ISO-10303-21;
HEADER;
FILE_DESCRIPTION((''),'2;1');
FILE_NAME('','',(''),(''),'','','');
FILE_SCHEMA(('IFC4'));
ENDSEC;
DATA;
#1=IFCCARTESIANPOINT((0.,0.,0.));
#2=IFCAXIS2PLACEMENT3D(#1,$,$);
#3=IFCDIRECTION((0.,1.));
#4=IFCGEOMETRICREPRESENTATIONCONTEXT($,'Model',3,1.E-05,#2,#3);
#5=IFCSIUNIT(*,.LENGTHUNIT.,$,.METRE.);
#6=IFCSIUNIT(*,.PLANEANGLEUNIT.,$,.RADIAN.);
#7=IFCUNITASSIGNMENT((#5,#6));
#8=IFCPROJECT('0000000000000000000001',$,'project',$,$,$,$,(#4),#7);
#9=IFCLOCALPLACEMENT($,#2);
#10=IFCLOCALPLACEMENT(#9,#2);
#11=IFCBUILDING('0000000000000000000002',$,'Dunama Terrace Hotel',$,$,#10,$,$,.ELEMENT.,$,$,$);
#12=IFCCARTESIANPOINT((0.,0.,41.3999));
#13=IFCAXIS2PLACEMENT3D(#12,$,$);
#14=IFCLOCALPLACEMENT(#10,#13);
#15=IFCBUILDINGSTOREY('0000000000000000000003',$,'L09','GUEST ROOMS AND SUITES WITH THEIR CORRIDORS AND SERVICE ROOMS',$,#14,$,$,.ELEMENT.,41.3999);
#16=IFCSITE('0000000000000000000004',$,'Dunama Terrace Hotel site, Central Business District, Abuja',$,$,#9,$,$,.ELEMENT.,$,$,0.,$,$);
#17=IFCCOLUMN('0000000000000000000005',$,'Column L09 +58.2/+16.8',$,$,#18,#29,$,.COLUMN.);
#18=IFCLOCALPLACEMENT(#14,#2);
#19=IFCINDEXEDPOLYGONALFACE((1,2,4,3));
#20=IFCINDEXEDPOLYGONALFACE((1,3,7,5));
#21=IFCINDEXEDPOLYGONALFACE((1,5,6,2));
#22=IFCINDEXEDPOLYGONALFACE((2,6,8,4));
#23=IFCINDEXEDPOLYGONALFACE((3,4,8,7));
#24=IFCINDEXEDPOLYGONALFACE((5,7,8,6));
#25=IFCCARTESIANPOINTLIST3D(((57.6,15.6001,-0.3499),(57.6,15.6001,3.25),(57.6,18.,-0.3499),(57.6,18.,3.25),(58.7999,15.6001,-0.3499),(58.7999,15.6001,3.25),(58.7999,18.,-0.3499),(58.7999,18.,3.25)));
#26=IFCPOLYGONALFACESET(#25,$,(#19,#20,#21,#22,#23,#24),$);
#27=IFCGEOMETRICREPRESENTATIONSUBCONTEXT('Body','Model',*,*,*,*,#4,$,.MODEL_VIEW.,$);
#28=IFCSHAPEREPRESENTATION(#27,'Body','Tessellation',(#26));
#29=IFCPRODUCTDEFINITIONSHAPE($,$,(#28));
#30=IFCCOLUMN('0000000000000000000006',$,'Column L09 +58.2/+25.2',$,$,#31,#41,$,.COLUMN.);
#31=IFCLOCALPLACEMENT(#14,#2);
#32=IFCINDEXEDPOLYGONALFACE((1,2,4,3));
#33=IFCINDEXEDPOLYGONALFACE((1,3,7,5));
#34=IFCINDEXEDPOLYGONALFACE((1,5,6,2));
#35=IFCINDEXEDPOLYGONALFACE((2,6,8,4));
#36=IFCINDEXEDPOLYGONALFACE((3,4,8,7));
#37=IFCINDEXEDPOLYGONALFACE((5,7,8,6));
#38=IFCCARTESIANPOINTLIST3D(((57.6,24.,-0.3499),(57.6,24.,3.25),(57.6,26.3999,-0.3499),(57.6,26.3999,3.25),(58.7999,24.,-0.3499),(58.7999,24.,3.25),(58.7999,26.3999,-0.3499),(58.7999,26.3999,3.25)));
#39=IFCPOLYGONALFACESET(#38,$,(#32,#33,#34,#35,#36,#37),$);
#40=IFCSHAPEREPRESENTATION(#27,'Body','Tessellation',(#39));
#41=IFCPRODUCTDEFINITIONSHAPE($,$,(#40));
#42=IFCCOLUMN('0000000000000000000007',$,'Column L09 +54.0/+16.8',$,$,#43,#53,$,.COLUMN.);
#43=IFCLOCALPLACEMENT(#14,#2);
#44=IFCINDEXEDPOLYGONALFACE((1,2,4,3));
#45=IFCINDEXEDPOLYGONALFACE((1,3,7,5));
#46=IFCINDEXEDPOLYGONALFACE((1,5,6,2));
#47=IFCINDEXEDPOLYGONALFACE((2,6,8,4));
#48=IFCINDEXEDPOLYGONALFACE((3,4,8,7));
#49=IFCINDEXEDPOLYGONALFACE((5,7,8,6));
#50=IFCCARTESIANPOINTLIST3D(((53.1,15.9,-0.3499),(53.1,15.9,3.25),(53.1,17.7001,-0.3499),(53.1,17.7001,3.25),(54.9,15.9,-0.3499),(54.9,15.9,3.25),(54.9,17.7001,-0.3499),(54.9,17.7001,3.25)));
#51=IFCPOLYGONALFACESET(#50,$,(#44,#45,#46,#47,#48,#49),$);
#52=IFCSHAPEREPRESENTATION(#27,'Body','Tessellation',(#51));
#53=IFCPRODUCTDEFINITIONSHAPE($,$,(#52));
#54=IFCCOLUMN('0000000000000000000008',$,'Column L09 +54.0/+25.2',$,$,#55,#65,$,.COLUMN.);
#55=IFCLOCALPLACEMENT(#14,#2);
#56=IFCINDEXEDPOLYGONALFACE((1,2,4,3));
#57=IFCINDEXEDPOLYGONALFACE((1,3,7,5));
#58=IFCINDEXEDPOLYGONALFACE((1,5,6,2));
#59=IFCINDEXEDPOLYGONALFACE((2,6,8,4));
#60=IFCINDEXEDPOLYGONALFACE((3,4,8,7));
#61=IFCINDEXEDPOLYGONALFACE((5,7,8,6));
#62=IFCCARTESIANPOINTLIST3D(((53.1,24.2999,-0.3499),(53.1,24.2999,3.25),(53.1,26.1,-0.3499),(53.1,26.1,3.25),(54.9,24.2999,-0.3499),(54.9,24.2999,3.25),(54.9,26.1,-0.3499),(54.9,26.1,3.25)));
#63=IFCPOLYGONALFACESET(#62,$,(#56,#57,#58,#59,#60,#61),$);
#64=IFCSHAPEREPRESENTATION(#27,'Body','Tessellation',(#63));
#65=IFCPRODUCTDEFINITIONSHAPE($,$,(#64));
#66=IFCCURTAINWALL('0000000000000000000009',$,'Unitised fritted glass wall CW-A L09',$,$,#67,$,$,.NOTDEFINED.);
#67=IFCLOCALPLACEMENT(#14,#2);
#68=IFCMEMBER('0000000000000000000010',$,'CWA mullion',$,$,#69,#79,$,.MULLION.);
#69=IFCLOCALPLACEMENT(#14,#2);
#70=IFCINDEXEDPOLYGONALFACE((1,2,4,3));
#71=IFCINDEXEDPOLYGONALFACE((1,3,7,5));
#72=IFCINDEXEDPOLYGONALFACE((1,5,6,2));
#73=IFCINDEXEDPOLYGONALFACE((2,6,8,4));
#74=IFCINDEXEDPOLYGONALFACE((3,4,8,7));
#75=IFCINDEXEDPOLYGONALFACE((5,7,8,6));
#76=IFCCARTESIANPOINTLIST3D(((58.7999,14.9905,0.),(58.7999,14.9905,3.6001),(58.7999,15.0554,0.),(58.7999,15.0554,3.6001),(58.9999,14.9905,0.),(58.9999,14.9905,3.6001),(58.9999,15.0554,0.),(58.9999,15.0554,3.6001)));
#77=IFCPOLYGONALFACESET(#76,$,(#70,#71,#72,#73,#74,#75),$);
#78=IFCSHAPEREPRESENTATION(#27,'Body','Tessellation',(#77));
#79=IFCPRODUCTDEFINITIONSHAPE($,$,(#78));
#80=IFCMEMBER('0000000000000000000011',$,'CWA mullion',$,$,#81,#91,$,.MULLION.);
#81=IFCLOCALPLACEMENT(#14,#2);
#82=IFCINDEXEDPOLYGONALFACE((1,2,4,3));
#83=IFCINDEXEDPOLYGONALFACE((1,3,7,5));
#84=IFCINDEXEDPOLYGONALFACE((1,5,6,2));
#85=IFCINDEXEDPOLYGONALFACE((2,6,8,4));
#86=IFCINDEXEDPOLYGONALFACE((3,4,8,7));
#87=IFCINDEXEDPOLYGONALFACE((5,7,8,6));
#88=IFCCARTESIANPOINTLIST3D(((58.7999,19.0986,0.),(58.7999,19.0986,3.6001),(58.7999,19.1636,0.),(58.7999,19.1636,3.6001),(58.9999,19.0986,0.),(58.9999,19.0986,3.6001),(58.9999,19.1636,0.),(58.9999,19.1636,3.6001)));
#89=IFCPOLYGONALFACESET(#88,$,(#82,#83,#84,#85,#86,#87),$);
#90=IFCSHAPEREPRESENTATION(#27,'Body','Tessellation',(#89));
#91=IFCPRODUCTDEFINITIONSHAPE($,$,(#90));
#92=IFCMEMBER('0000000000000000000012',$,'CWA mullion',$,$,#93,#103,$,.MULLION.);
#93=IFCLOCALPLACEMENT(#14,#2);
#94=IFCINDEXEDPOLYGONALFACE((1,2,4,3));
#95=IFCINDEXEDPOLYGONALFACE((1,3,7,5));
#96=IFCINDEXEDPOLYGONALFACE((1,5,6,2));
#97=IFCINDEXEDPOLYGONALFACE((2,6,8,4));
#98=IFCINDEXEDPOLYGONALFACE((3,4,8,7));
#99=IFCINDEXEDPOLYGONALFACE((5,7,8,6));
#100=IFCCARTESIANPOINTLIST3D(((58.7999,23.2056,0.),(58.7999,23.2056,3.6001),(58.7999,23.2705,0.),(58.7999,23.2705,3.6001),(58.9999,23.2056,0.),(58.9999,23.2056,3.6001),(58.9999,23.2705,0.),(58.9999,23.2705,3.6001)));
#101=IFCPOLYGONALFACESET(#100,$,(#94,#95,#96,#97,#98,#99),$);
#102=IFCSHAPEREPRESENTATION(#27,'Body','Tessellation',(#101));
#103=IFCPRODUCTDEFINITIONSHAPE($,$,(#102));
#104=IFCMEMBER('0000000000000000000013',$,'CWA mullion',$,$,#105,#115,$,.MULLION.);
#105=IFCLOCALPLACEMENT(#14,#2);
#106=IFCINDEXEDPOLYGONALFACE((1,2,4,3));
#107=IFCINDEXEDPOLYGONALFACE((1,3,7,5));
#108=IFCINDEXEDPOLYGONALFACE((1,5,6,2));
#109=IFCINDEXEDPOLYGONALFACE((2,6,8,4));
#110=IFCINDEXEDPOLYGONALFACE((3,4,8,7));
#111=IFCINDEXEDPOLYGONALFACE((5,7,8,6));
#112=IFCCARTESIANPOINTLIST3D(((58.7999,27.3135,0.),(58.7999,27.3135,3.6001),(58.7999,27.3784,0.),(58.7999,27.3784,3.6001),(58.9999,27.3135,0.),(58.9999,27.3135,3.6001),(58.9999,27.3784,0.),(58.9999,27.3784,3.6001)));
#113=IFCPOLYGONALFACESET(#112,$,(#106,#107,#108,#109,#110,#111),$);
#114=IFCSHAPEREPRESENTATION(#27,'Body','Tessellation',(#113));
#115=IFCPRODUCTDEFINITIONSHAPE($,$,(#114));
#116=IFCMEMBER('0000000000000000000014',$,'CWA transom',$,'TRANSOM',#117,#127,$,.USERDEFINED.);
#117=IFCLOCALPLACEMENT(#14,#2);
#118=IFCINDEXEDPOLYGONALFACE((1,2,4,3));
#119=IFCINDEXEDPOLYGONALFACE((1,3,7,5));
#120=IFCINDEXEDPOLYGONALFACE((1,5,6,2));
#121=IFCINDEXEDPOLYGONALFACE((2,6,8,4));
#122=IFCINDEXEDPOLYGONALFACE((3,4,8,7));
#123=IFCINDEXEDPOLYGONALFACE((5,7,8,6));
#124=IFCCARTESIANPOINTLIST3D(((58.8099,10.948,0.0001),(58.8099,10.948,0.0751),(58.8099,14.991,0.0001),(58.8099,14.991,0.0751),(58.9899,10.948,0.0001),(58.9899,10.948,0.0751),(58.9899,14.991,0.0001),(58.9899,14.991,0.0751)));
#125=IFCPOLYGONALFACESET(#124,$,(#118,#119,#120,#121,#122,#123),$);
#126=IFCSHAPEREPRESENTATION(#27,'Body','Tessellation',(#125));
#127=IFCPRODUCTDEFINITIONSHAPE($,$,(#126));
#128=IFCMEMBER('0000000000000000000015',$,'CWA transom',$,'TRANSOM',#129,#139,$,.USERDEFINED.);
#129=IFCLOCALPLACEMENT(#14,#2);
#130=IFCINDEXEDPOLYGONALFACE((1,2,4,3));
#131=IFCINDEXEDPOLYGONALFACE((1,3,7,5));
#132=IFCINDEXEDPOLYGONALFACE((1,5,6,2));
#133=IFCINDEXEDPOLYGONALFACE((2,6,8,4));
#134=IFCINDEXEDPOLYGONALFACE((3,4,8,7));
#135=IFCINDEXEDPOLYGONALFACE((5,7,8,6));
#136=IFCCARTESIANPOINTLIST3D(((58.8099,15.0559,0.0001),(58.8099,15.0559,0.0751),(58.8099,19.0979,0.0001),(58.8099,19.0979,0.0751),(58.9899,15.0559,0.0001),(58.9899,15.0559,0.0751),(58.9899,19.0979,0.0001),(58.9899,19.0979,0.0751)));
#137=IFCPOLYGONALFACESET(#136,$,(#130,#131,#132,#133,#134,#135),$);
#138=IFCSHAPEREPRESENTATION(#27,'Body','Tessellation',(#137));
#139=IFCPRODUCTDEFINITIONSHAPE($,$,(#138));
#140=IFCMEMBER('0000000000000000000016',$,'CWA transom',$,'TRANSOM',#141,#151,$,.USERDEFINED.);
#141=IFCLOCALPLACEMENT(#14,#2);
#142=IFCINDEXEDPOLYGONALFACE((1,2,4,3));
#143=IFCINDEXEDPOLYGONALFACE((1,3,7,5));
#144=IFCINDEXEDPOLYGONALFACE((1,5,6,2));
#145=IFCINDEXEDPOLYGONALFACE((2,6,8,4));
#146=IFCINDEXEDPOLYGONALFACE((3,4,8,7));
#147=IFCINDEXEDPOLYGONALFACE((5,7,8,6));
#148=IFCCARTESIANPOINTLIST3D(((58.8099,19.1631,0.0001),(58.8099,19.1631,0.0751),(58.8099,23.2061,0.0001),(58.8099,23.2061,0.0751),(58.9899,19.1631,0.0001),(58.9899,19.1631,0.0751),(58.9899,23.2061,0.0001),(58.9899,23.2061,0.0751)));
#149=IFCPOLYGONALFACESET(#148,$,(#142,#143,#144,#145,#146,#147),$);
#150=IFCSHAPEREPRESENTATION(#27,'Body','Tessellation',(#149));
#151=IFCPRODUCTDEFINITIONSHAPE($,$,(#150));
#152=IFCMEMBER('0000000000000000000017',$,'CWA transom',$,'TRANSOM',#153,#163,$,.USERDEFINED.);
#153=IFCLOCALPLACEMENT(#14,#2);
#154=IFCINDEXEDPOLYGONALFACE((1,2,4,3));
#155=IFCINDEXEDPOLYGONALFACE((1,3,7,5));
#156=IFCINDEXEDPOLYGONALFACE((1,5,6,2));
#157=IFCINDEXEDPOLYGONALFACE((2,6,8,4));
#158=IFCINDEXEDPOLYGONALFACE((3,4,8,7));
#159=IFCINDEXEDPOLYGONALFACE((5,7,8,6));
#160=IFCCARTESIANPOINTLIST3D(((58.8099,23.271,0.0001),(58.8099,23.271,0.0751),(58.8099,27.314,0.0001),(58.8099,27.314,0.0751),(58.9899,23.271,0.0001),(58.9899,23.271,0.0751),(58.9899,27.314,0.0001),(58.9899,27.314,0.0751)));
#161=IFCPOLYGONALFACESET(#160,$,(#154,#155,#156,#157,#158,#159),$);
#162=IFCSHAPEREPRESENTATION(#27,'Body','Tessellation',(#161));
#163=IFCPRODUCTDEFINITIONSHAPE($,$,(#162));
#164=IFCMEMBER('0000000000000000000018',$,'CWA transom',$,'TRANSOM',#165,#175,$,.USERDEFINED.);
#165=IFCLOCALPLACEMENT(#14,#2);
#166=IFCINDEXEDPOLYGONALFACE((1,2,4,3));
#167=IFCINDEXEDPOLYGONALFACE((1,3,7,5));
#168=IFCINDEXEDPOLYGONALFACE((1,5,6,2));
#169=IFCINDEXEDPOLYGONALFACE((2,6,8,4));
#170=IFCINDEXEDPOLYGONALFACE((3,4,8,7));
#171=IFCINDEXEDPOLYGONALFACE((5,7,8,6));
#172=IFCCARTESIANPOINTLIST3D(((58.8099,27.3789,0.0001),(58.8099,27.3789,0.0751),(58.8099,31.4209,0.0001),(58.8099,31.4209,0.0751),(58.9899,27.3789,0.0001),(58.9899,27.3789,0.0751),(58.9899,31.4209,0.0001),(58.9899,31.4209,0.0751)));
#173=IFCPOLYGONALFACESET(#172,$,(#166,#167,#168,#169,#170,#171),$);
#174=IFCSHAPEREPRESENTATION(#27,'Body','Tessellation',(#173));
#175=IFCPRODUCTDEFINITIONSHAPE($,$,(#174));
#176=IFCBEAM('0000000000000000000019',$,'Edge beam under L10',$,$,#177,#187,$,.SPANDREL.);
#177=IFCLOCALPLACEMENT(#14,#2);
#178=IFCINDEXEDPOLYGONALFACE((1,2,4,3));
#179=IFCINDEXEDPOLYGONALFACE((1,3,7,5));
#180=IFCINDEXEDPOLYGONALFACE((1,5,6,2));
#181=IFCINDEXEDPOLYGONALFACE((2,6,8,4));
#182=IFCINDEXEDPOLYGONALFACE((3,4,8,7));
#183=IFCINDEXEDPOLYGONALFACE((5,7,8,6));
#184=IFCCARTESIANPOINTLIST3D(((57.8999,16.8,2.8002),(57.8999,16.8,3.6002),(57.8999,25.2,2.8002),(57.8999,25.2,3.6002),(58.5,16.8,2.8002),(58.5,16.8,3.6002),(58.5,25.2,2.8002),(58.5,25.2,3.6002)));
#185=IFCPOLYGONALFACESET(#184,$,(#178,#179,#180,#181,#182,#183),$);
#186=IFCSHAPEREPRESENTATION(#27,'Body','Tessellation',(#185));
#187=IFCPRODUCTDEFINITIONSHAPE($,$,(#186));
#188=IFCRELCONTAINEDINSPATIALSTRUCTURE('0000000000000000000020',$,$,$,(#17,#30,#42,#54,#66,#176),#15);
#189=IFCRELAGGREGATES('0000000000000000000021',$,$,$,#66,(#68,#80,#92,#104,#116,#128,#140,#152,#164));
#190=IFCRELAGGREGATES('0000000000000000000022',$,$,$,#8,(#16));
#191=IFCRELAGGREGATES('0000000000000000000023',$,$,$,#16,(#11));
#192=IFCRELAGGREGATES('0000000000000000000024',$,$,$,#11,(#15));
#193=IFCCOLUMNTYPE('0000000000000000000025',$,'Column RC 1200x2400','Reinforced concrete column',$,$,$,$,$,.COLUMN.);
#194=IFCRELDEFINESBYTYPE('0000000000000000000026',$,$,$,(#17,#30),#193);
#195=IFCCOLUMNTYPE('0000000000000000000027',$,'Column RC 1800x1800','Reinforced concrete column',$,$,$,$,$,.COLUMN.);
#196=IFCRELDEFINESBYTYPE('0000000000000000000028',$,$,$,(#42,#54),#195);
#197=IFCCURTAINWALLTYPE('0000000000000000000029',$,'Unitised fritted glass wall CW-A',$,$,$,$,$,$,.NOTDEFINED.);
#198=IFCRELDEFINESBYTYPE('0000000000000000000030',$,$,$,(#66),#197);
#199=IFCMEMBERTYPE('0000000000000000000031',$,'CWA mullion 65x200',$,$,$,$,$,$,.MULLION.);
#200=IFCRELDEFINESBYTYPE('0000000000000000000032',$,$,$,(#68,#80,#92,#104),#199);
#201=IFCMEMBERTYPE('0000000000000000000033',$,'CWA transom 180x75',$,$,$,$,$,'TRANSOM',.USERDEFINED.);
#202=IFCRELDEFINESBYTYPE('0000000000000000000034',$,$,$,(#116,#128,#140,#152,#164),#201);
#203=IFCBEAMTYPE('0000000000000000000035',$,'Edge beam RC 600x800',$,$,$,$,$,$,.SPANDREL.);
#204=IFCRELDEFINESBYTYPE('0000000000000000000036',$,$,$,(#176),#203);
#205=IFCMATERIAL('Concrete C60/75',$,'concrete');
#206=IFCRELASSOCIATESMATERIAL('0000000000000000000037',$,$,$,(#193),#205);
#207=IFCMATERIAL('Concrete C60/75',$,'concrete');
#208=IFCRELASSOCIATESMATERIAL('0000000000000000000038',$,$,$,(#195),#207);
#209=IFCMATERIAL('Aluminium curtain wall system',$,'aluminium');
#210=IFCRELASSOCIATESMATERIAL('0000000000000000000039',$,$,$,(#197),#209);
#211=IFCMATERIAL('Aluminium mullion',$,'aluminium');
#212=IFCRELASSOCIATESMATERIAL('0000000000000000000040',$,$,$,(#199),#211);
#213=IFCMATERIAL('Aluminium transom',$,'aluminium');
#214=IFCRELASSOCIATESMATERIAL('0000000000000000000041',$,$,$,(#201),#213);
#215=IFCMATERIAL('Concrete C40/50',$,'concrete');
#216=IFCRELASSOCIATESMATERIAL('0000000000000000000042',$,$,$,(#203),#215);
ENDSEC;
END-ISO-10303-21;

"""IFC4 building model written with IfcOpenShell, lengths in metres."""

from ifc_helpers import new_model, si_unit, direction, frame, origin, origin_2d, place, context, subcontext, project, spatial, rectangle, extrude, material, material_profile, profile_set, type_object, element, aggregate, save


model = new_model("IFC4")

# Units and contexts
model_context = context("Model", 3, precision=1e-05, world=origin(), true_north=direction((0.0, 1.0)))
body_context = subcontext(model_context, "Body", "Model", "MODEL_VIEW")
ifc_project = project(units=[si_unit("LENGTHUNIT", "METRE"), si_unit("PLANEANGLEUNIT", "RADIAN")], contexts=[model_context])

# Site, building, storey
site_placement = place(None, origin())
site = spatial("IfcSite", under=ifc_project, at=site_placement, Name="Dunama Terrace Hotel site, Central Business District, Abuja", CompositionType="ELEMENT", RefElevation=0.0)
building_placement = place(site_placement, origin())
building = spatial("IfcBuilding", under=site, at=building_placement, Name="Dunama Terrace Hotel", CompositionType="ELEMENT")
storey_placement = place(building_placement, frame((0.0, 0.0, 41.3999)))
storey = spatial("IfcBuildingStorey", under=building, at=storey_placement, Name="L09", Description="GUEST ROOMS AND SUITES WITH THEIR CORRIDORS AND SERVICE ROOMS", CompositionType="ELEMENT", Elevation=41.3999)

# Columns
ifc_material_1 = material(Name="Concrete C60/75", Category="concrete")
ifc_material_profile_1 = material_profile(ifc_material_1, rectangle(XDim=1.2, YDim=2.3999, at=origin_2d()), Name="RC 1200x2400")
ifc_profile_set_1 = profile_set([ifc_material_profile_1], Name="Concrete C60/75")
column_type_1 = type_object("IfcColumnType", Name="Column RC 1200x2400", Description="Reinforced concrete column", PredefinedType="COLUMN", material=ifc_profile_set_1)
for number, where, z_axis, x_axis, name in (
    (1, (58.2, 16.8, -0.3499), (0.0, 0.0, 1.0), (1.0, 0.0, 0.0), "Column L09 +58.2/+16.8"),
    (2, (58.2, 25.2, -0.3499), (0.0, 0.0, 1.0), (1.0, 0.0, 0.0), "Column L09 +58.2/+25.2"),
):
    element("IfcColumn", number, at=place(storey_placement, frame(where, z_axis=z_axis, x_axis=x_axis)), inside=storey, type_object=column_type_1, Name=name, PredefinedType="COLUMN", context=body_context, shape_type="SweptSolid", body=[
        extrude(rectangle(XDim=1.2, YDim=2.3999, at=origin_2d()), origin(), (0.0, 0.0, 1.0), 3.5999),
    ])
ifc_material_2 = material(Name="Concrete C60/75", Category="concrete")
ifc_material_profile_2 = material_profile(ifc_material_2, rectangle(XDim=1.8, YDim=1.8, at=origin_2d()), Name="RC 1800x1800")
ifc_profile_set_2 = profile_set([ifc_material_profile_2], Name="Concrete C60/75")
column_type_2 = type_object("IfcColumnType", Name="Column RC 1800x1800", Description="Reinforced concrete column", PredefinedType="COLUMN", material=ifc_profile_set_2)
for number, where, z_axis, x_axis, name in (
    (3, (54.0, 16.8, -0.3499), (0.0, 0.0, 1.0), (1.0, 0.0, 0.0), "Column L09 +54.0/+16.8"),
    (4, (54.0, 25.2, -0.3499), (0.0, 0.0, 1.0), (1.0, 0.0, 0.0), "Column L09 +54.0/+25.2"),
):
    element("IfcColumn", number, at=place(storey_placement, frame(where, z_axis=z_axis, x_axis=x_axis)), inside=storey, type_object=column_type_2, Name=name, PredefinedType="COLUMN", context=body_context, shape_type="SweptSolid", body=[
        extrude(rectangle(XDim=1.8, YDim=1.8, at=origin_2d()), origin(), (0.0, 0.0, 1.0), 3.5999),
    ])

# Curtain wall, members
ifc_material_3 = material(Name="Aluminium curtain wall system", Category="aluminium")
curtain_wall_type = type_object("IfcCurtainWallType", Name="Unitised fritted glass wall CW-A", PredefinedType="NOTDEFINED", material=ifc_material_3)
curtain_wall_placement = place(storey_placement, origin())
curtain_wall = element("IfcCurtainWall", 5, at=curtain_wall_placement, inside=storey, type_object=curtain_wall_type, Name="Unitised fritted glass wall CW-A L09", PredefinedType="NOTDEFINED")
ifc_material_4 = material(Name="Aluminium mullion", Category="aluminium")
ifc_material_profile_3 = material_profile(ifc_material_4, rectangle(XDim=0.0649, YDim=0.2, at=origin_2d()), Name="CWA MULLION 65X200")
ifc_profile_set_3 = profile_set([ifc_material_profile_3], Name="Aluminium mullion")
member_type_1 = type_object("IfcMemberType", Name="CWA mullion 65x200", PredefinedType="MULLION", material=ifc_profile_set_3)
member_1_placement = place(storey_placement, frame((58.8999, 15.0229, 0.0), z_axis=(0.0, 0.0, 1.0), x_axis=(0.0, 1.0, 0.0)))
member_1 = element("IfcMember", 6, at=member_1_placement, type_object=member_type_1, Name="CWA mullion", PredefinedType="MULLION", context=body_context, shape_type="SweptSolid", body=[
    extrude(rectangle(XDim=0.0649, YDim=0.2, at=origin_2d()), origin(), (0.0, 0.0, 1.0), 3.6001),
])
member_2_placement = place(storey_placement, frame((58.8999, 19.1311, 0.0), z_axis=(0.0, 0.0, 1.0), x_axis=(0.0, 1.0, 0.0)))
member_2 = element("IfcMember", 7, at=member_2_placement, type_object=member_type_1, Name="CWA mullion", PredefinedType="MULLION", context=body_context, shape_type="SweptSolid", body=[
    extrude(rectangle(XDim=0.0649, YDim=0.2, at=origin_2d()), origin(), (0.0, 0.0, 1.0), 3.6001),
])
member_3_placement = place(storey_placement, frame((58.8999, 23.238, 0.0), z_axis=(0.0, 0.0, 1.0), x_axis=(0.0, 1.0, 0.0)))
member_3 = element("IfcMember", 8, at=member_3_placement, type_object=member_type_1, Name="CWA mullion", PredefinedType="MULLION", context=body_context, shape_type="SweptSolid", body=[
    extrude(rectangle(XDim=0.0649, YDim=0.2, at=origin_2d()), origin(), (0.0, 0.0, 1.0), 3.6001),
])
member_4_placement = place(storey_placement, frame((58.8999, 27.3459, 0.0), z_axis=(0.0, 0.0, 1.0), x_axis=(0.0, 1.0, 0.0)))
member_4 = element("IfcMember", 9, at=member_4_placement, type_object=member_type_1, Name="CWA mullion", PredefinedType="MULLION", context=body_context, shape_type="SweptSolid", body=[
    extrude(rectangle(XDim=0.0649, YDim=0.2, at=origin_2d()), origin(), (0.0, 0.0, 1.0), 3.6001),
])
ifc_material_5 = material(Name="Aluminium transom", Category="aluminium")
ifc_material_profile_4 = material_profile(ifc_material_5, rectangle(XDim=0.1799, YDim=0.075, at=origin_2d()), Name="CWA TRANSOM 180X75")
ifc_profile_set_4 = profile_set([ifc_material_profile_4], Name="Aluminium transom")
member_type_2 = type_object("IfcMemberType", Name="CWA transom 180x75", ElementType="TRANSOM", PredefinedType="USERDEFINED", material=ifc_profile_set_4)
member_5_placement = place(storey_placement, frame((58.8999, 10.948, 0.0376), z_axis=(0.0, 1.0, 0.0), x_axis=(-1.0, 0.0, 0.0)))
member_5 = element("IfcMember", 10, at=member_5_placement, type_object=member_type_2, Name="CWA transom", ObjectType="TRANSOM", PredefinedType="USERDEFINED", context=body_context, shape_type="SweptSolid", body=[
    extrude(rectangle(XDim=0.1799, YDim=0.075, at=origin_2d()), origin(), (0.0, 0.0, 1.0), 4.043),
])
member_6_placement = place(storey_placement, frame((58.8999, 15.0559, 0.0376), z_axis=(0.0, 1.0, 0.0), x_axis=(-1.0, 0.0, 0.0)))
member_6 = element("IfcMember", 11, at=member_6_placement, type_object=member_type_2, Name="CWA transom", ObjectType="TRANSOM", PredefinedType="USERDEFINED", context=body_context, shape_type="SweptSolid", body=[
    extrude(rectangle(XDim=0.1799, YDim=0.075, at=origin_2d()), origin(), (0.0, 0.0, 1.0), 4.042),
])
member_7_placement = place(storey_placement, frame((58.8999, 19.1631, 0.0376), z_axis=(0.0, 1.0, 0.0), x_axis=(-1.0, 0.0, 0.0)))
member_7 = element("IfcMember", 12, at=member_7_placement, type_object=member_type_2, Name="CWA transom", ObjectType="TRANSOM", PredefinedType="USERDEFINED", context=body_context, shape_type="SweptSolid", body=[
    extrude(rectangle(XDim=0.1799, YDim=0.075, at=origin_2d()), origin(), (0.0, 0.0, 1.0), 4.043),
])
member_8_placement = place(storey_placement, frame((58.8999, 23.271, 0.0376), z_axis=(0.0, 1.0, 0.0), x_axis=(-1.0, 0.0, 0.0)))
member_8 = element("IfcMember", 13, at=member_8_placement, type_object=member_type_2, Name="CWA transom", ObjectType="TRANSOM", PredefinedType="USERDEFINED", context=body_context, shape_type="SweptSolid", body=[
    extrude(rectangle(XDim=0.1799, YDim=0.075, at=origin_2d()), origin(), (0.0, 0.0, 1.0), 4.043),
])
member_9_placement = place(storey_placement, frame((58.8999, 27.3789, 0.0376), z_axis=(0.0, 1.0, 0.0), x_axis=(-1.0, 0.0, 0.0)))
member_9 = element("IfcMember", 14, at=member_9_placement, type_object=member_type_2, Name="CWA transom", ObjectType="TRANSOM", PredefinedType="USERDEFINED", context=body_context, shape_type="SweptSolid", body=[
    extrude(rectangle(XDim=0.1799, YDim=0.075, at=origin_2d()), origin(), (0.0, 0.0, 1.0), 4.042),
])

# Beam
ifc_material_6 = material(Name="Concrete C40/50", Category="concrete")
ifc_material_profile_5 = material_profile(ifc_material_6, rectangle(XDim=0.6001, YDim=0.8, at=origin_2d()), Name="RC 600x800")
ifc_profile_set_5 = profile_set([ifc_material_profile_5], Name="Concrete C40/50")
beam_type = type_object("IfcBeamType", Name="Edge beam RC 600x800", PredefinedType="SPANDREL", material=ifc_profile_set_5)
beam_1_placement = place(storey_placement, frame((58.2, 16.8, 3.2002), z_axis=(0.0, 1.0, 0.0), x_axis=(-1.0, 0.0, 0.0)))
element("IfcBeam", 15, at=beam_1_placement, inside=storey, type_object=beam_type, Name="Edge beam under L10", PredefinedType="SPANDREL", context=body_context, shape_type="SweptSolid", body=[
    extrude(rectangle(XDim=0.6001, YDim=0.8, at=origin_2d()), origin(), (0.0, 0.0, 1.0), 8.3999),
])

aggregate(curtain_wall, [member_1, member_2, member_3, member_4, member_5, member_6, member_7, member_8, member_9])

save(model, "model.ifc")
